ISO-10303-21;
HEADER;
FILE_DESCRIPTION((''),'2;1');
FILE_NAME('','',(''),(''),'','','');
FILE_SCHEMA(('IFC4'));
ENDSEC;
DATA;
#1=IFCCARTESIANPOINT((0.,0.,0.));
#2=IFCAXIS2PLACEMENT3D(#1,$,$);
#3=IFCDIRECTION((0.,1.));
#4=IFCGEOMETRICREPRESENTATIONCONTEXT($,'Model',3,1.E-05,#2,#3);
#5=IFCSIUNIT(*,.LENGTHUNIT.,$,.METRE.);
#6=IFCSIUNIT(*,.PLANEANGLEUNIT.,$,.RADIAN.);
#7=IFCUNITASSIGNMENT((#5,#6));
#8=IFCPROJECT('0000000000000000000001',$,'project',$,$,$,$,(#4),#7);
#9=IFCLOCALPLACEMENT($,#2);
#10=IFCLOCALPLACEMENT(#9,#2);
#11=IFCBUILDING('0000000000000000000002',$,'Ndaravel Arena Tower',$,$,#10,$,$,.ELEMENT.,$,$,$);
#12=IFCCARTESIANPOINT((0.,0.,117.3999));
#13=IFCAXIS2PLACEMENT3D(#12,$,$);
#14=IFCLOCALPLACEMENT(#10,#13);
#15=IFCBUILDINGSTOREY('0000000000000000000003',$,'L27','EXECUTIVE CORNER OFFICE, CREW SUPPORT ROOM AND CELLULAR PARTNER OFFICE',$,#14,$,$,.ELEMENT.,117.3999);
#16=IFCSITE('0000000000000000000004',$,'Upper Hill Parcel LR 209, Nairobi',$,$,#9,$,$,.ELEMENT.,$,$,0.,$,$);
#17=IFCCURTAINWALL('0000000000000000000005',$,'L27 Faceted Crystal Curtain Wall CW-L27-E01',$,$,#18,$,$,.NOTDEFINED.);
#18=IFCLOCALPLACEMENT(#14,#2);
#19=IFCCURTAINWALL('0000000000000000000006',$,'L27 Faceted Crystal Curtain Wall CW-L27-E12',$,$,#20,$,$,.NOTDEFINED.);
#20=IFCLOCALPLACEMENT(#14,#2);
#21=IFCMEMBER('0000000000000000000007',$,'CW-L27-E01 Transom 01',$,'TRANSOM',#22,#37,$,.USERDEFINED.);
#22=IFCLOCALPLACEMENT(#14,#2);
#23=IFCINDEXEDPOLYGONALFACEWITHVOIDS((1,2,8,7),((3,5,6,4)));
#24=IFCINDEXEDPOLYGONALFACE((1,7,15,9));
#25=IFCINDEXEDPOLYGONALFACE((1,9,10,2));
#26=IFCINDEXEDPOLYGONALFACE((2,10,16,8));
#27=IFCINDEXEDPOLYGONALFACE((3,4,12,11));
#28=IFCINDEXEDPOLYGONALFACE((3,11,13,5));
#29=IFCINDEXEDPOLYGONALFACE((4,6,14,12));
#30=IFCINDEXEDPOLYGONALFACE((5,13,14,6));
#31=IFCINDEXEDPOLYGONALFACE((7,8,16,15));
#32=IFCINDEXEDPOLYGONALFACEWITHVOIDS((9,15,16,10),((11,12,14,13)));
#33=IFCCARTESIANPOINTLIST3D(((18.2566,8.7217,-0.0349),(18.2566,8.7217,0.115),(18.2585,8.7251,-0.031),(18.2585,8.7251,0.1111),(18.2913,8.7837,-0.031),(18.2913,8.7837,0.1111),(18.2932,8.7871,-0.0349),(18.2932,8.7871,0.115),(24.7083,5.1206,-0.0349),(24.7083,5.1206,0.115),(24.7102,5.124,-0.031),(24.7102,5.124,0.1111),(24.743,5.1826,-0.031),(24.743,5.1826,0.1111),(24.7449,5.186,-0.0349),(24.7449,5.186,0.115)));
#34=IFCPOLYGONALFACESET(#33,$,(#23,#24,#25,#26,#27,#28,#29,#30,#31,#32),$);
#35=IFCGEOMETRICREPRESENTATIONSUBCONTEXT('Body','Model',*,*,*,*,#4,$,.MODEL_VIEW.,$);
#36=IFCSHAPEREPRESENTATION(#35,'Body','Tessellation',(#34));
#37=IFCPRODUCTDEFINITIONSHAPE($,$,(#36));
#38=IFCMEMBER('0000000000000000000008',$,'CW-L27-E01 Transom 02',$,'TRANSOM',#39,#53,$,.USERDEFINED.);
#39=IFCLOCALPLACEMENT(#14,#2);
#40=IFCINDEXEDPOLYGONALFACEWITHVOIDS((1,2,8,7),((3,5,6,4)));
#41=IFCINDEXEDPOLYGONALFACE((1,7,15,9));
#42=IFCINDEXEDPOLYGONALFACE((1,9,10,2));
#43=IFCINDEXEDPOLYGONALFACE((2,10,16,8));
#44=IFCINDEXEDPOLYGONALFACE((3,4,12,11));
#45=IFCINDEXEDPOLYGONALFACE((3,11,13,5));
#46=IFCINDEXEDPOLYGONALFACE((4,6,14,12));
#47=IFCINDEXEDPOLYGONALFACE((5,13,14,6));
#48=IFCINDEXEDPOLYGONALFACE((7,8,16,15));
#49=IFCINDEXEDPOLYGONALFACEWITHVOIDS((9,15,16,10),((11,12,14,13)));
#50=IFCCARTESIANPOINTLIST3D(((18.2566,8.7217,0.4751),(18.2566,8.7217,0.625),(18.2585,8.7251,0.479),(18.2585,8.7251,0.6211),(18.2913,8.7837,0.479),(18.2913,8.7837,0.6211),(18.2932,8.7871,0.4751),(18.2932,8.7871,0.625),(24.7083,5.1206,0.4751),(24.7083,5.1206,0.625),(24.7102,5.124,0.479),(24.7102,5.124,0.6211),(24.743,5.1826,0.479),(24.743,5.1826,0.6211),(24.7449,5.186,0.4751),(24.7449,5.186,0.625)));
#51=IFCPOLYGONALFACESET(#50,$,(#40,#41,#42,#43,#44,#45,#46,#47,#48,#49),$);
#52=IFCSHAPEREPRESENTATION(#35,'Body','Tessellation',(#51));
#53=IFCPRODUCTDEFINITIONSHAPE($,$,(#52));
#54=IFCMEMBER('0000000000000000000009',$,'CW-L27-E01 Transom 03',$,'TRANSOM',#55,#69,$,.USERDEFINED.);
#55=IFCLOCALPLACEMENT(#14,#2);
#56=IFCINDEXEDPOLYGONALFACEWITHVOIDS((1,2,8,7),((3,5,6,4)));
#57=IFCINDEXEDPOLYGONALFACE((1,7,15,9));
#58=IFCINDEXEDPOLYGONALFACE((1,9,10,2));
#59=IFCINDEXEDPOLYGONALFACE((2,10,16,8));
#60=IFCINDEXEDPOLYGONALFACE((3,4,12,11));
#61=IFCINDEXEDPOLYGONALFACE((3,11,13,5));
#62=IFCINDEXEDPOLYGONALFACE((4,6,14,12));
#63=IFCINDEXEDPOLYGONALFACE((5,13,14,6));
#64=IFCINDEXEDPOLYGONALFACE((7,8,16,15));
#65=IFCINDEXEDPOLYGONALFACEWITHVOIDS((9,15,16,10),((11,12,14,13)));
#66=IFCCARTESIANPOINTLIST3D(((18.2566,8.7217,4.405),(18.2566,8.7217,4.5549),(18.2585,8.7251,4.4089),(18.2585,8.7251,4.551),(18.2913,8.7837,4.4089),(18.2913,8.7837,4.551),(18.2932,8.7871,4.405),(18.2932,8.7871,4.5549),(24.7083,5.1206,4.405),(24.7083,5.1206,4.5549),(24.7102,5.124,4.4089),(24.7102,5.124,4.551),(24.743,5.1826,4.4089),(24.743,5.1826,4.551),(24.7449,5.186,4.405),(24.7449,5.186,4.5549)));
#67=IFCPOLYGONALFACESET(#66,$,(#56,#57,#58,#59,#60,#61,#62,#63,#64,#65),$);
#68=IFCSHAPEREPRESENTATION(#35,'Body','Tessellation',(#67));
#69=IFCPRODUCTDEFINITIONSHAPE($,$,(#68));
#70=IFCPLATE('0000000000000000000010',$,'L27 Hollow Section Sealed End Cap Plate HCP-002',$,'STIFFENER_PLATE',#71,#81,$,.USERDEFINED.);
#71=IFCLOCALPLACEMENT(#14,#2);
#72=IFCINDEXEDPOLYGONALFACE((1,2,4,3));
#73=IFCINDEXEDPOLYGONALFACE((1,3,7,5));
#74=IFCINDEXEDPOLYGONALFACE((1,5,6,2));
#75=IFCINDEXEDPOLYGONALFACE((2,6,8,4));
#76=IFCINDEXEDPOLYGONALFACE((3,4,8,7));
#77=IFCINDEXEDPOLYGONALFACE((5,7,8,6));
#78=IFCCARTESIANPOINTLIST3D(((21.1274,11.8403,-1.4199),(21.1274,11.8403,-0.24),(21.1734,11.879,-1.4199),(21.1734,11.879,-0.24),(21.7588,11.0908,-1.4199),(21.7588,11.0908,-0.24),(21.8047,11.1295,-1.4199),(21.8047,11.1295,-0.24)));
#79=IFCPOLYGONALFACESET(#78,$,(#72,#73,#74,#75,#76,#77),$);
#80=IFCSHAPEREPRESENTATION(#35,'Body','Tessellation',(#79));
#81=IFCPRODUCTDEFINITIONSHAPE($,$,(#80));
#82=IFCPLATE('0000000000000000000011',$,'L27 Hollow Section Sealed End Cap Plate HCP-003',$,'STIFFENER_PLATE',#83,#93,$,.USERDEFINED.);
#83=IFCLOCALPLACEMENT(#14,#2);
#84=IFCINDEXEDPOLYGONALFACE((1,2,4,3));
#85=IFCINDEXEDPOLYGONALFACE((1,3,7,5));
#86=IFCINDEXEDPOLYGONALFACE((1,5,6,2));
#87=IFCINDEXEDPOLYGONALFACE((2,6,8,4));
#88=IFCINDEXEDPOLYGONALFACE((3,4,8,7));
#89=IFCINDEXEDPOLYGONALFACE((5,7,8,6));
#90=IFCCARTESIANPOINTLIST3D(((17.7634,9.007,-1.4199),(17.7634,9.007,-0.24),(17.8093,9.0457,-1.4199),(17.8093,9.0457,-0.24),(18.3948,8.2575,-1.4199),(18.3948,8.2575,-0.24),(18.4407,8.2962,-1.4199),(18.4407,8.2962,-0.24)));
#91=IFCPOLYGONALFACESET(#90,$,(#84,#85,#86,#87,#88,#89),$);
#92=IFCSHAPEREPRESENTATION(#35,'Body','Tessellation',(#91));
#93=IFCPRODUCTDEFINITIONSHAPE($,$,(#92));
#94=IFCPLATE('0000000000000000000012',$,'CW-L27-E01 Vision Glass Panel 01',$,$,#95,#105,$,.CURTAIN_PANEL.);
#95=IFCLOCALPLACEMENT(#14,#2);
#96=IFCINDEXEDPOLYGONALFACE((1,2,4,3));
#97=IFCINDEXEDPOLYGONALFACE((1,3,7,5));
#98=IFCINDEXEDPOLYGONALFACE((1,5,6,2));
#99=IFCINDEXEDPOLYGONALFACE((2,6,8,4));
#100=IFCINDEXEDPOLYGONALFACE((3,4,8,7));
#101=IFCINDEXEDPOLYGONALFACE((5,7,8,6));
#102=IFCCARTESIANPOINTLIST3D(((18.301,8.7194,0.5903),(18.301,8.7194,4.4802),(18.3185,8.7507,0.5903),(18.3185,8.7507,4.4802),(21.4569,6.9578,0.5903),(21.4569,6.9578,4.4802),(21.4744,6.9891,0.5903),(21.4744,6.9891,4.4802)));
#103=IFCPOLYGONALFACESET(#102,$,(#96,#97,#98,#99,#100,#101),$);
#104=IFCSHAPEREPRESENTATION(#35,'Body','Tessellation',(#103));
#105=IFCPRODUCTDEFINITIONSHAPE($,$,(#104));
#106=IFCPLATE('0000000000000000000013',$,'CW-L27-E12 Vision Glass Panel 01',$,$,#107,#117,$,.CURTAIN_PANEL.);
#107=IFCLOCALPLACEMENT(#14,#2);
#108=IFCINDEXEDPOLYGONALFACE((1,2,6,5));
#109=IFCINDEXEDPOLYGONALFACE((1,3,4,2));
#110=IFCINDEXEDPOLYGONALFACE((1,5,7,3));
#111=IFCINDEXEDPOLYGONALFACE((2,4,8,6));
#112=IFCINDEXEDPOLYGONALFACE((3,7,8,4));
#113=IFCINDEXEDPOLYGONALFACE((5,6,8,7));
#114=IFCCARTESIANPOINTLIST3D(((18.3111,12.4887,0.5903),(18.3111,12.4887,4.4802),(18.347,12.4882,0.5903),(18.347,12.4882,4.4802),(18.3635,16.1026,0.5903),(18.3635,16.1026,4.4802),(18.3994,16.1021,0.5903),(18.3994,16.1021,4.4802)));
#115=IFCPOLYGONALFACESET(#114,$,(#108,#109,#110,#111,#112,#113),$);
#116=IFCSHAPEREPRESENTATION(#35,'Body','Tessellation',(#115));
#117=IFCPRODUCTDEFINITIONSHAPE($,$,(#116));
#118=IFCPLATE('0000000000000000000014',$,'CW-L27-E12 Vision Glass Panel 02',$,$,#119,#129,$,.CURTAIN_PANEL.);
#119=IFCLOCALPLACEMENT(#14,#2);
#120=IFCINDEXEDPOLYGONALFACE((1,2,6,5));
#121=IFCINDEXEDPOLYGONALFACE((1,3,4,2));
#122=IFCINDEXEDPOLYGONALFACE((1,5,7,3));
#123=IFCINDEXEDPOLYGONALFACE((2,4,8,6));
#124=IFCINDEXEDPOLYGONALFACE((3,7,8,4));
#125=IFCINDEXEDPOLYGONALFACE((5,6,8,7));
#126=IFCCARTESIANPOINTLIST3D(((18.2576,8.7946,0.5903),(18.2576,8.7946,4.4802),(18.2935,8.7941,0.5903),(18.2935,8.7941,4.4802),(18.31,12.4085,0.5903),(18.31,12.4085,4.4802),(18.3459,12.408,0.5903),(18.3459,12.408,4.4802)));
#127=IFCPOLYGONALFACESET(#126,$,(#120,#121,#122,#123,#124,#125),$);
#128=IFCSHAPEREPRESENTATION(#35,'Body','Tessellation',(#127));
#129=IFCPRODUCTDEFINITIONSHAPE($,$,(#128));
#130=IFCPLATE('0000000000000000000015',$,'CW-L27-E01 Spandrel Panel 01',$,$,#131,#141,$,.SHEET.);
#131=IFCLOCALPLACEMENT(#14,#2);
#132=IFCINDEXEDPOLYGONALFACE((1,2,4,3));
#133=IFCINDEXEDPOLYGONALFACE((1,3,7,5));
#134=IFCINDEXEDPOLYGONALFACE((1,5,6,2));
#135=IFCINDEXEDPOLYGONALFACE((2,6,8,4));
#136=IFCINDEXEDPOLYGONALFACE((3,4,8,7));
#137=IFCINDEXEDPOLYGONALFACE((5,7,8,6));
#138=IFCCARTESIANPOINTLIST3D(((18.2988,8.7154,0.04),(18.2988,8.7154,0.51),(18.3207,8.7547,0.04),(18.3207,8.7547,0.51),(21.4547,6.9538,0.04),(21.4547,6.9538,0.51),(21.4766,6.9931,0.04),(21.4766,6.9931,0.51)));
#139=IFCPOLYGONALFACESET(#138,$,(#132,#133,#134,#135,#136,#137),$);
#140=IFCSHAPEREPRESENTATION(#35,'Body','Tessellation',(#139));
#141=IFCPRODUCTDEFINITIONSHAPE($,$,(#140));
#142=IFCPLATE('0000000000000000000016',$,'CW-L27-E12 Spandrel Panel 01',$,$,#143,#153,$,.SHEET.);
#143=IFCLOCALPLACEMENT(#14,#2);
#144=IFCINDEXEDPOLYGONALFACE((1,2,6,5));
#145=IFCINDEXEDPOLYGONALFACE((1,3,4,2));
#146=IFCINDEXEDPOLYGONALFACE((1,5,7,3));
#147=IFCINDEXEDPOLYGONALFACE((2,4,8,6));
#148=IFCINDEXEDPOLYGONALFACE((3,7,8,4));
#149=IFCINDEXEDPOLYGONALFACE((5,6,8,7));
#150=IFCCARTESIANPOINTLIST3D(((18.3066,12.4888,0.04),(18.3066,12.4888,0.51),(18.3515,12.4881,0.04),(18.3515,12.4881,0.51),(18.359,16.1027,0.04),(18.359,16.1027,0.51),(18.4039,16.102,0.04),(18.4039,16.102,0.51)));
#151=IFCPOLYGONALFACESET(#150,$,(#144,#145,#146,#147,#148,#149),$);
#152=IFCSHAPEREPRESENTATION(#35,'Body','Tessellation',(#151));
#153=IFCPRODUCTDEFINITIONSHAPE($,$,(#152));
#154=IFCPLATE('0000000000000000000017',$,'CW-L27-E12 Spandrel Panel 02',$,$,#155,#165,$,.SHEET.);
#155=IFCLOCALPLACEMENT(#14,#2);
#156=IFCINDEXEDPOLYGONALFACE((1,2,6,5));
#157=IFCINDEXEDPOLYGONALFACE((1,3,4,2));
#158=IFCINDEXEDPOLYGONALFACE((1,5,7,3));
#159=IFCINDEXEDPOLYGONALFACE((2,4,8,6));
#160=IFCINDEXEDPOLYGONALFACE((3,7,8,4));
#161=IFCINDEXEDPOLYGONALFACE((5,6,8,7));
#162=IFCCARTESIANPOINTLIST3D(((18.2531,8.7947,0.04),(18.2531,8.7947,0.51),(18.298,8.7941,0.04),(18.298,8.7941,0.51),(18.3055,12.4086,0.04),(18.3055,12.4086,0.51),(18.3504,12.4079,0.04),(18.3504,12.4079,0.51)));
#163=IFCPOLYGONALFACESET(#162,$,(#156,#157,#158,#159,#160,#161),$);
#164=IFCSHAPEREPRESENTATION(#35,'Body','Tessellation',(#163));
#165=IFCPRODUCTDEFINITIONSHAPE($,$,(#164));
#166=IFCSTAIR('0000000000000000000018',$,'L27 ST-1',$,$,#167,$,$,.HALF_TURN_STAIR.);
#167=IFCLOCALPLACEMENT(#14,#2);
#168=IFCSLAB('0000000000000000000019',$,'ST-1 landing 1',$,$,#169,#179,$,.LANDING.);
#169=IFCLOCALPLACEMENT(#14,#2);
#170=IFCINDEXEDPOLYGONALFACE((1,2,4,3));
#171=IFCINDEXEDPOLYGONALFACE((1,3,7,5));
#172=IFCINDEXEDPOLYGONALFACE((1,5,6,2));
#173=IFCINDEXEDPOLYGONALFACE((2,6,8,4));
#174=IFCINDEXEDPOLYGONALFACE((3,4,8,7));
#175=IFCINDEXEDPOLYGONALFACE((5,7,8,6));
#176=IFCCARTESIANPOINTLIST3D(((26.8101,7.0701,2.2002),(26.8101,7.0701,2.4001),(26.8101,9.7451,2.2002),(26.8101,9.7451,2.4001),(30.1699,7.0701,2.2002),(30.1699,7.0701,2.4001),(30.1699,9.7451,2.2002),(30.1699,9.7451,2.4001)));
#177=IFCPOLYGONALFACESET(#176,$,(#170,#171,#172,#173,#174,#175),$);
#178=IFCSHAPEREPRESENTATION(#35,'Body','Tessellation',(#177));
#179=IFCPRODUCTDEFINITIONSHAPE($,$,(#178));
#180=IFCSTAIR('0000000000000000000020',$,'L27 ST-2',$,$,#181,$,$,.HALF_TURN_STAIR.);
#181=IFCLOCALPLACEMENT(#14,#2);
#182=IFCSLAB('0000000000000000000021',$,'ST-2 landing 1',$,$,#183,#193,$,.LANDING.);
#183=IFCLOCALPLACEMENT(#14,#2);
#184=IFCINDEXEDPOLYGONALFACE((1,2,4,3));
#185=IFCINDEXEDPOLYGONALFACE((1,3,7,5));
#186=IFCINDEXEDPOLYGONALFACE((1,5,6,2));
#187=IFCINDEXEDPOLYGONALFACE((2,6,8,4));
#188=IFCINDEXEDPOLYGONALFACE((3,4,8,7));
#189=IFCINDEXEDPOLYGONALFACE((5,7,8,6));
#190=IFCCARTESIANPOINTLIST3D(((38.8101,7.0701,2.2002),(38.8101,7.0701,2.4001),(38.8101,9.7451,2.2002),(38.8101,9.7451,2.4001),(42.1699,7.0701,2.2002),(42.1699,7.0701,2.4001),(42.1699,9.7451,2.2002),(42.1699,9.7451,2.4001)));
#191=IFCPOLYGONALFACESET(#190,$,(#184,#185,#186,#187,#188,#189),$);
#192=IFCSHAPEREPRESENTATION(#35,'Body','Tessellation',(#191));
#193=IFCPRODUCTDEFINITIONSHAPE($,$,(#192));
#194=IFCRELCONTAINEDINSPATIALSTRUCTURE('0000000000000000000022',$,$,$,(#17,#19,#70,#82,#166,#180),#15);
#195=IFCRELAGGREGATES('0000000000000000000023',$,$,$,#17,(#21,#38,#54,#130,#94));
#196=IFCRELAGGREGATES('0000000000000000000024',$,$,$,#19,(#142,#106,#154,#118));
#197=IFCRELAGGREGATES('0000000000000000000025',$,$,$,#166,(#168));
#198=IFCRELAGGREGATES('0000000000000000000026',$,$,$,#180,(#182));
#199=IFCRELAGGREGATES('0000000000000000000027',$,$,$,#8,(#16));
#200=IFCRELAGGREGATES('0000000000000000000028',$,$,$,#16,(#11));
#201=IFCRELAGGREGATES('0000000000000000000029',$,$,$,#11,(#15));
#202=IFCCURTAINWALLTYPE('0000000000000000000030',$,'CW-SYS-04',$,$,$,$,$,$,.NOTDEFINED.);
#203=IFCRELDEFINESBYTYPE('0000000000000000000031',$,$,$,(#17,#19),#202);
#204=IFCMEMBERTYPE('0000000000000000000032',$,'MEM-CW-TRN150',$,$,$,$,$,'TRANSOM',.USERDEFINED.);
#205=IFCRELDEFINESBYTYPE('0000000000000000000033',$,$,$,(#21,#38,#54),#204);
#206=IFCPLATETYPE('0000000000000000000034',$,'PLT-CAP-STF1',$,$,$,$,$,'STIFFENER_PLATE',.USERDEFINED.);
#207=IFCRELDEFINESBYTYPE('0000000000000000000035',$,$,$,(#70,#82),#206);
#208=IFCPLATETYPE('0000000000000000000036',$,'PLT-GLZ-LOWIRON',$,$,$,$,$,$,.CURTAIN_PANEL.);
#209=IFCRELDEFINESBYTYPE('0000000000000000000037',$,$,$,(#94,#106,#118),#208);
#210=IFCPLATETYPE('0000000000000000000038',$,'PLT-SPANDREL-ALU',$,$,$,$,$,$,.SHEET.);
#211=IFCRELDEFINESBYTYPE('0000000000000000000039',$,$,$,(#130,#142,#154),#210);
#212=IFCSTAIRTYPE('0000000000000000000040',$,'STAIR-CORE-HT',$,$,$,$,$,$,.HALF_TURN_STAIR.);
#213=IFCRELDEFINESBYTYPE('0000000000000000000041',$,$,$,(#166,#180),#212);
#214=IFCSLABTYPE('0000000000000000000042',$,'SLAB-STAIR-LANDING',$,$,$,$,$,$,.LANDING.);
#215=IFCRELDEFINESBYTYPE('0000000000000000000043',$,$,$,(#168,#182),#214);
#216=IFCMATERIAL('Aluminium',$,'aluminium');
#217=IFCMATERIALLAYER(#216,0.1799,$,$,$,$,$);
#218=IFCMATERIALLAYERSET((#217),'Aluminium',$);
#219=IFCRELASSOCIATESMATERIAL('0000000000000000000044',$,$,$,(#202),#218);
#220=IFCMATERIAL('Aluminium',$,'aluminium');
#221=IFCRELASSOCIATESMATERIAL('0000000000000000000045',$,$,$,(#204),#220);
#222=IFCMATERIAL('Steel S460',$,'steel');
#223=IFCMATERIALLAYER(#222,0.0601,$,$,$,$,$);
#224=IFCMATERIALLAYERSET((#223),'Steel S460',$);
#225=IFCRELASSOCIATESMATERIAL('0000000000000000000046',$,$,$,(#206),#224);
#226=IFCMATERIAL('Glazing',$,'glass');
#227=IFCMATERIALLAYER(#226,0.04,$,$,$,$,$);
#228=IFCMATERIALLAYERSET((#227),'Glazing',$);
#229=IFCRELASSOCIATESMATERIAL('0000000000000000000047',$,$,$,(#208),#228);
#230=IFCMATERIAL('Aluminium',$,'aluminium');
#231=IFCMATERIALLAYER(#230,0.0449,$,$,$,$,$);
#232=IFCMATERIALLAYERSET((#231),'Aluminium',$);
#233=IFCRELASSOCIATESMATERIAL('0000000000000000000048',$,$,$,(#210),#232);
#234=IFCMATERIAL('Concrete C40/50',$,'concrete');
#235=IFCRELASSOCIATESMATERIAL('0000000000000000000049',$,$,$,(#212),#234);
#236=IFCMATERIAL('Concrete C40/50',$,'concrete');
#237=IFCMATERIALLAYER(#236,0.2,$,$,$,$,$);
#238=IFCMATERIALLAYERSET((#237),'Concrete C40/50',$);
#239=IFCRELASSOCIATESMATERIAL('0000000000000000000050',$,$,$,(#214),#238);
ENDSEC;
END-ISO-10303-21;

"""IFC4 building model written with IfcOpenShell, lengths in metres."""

from ifc_helpers import new_model, si_unit, direction, frame, origin, origin_2d, place, context, subcontext, project, spatial, polyline, rectangle, hollow_rectangle, outline, extrude, material, layer, layer_set, material_profile, profile_set, type_object, element, aggregate, save


model = new_model("IFC4")

# Units and contexts
model_context = context("Model", 3, precision=1e-05, world=origin(), true_north=direction((0.0, 1.0)))
body_context = subcontext(model_context, "Body", "Model", "MODEL_VIEW")
ifc_project = project(units=[si_unit("LENGTHUNIT", "METRE"), si_unit("PLANEANGLEUNIT", "RADIAN")], contexts=[model_context])

# Site, building, storey
site_placement = place(None, origin())
site = spatial("IfcSite", under=ifc_project, at=site_placement, Name="Upper Hill Parcel LR 209, Nairobi", CompositionType="ELEMENT", RefElevation=0.0)
building_placement = place(site_placement, origin())
building = spatial("IfcBuilding", under=site, at=building_placement, Name="Ndaravel Arena Tower", CompositionType="ELEMENT")
storey_placement = place(building_placement, frame((0.0, 0.0, 117.3999)))
storey = spatial("IfcBuildingStorey", under=building, at=storey_placement, Name="L27", Description="EXECUTIVE CORNER OFFICE, CREW SUPPORT ROOM AND CELLULAR PARTNER OFFICE", CompositionType="ELEMENT", Elevation=117.3999)

# Curtain walls
ifc_material_1 = material(Name="Aluminium", Category="aluminium")
ifc_layer_1 = layer(ifc_material_1, 0.1799)
ifc_layer_set_1 = layer_set([ifc_layer_1], Name="Aluminium")
curtain_wall_type = type_object("IfcCurtainWallType", Name="CW-SYS-04", PredefinedType="NOTDEFINED", material=ifc_layer_set_1)
curtain_wall_1_placement = place(storey_placement, origin())
curtain_wall_1 = element("IfcCurtainWall", 1, at=curtain_wall_1_placement, inside=storey, type_object=curtain_wall_type, Name="L27 Faceted Crystal Curtain Wall CW-L27-E01", PredefinedType="NOTDEFINED")
curtain_wall_2_placement = place(storey_placement, origin())
curtain_wall_2 = element("IfcCurtainWall", 2, at=curtain_wall_2_placement, inside=storey, type_object=curtain_wall_type, Name="L27 Faceted Crystal Curtain Wall CW-L27-E12", PredefinedType="NOTDEFINED")

# Members
ifc_material_2 = material(Name="Aluminium", Category="aluminium")
ifc_material_profile_1 = material_profile(ifc_material_2, hollow_rectangle(XDim=0.075, YDim=0.1499, WallThickness=0.0039, at=origin_2d()), Name="CW TRANSOM 75x150x4")
ifc_profile_set_1 = profile_set([ifc_material_profile_1], Name="Aluminium")
member_type_1 = type_object("IfcMemberType", Name="MEM-CW-TRN150", ElementType="TRANSOM", PredefinedType="USERDEFINED", material=ifc_profile_set_1)
member_1_placement = place(storey_placement, frame((18.2749, 8.7544, 0.04), z_axis=(0.873189, -0.487381, 0.0), x_axis=(0.487381, 0.873189, 0.0)))
member_1 = element("IfcMember", 3, at=member_1_placement, type_object=member_type_1, Name="CW-L27-E01 Transom 01", ObjectType="TRANSOM", PredefinedType="USERDEFINED", context=body_context, shape_type="SweptSolid", body=[
    extrude(hollow_rectangle(XDim=0.075, YDim=0.1499, WallThickness=0.0039, at=origin_2d()), origin(), (0.0, 0.0, 1.0), 7.3887),
])
member_2_placement = place(storey_placement, frame((18.2749, 8.7544, 0.55), z_axis=(0.873189, -0.487381, 0.0), x_axis=(0.487381, 0.873189, 0.0)))
member_2 = element("IfcMember", 4, at=member_2_placement, type_object=member_type_1, Name="CW-L27-E01 Transom 02", ObjectType="TRANSOM", PredefinedType="USERDEFINED", context=body_context, shape_type="SweptSolid", body=[
    extrude(hollow_rectangle(XDim=0.075, YDim=0.1499, WallThickness=0.0039, at=origin_2d()), origin(), (0.0, 0.0, 1.0), 7.3887),
])
member_3_placement = place(storey_placement, frame((18.2749, 8.7544, 4.48), z_axis=(0.873189, -0.487381, 0.0), x_axis=(0.487381, 0.873189, 0.0)))
member_3 = element("IfcMember", 5, at=member_3_placement, type_object=member_type_1, Name="CW-L27-E01 Transom 03", ObjectType="TRANSOM", PredefinedType="USERDEFINED", context=body_context, shape_type="SweptSolid", body=[
    extrude(hollow_rectangle(XDim=0.075, YDim=0.1499, WallThickness=0.0039, at=origin_2d()), origin(), (0.0, 0.0, 1.0), 7.3887),
])

# Plates
ifc_material_3 = material(Name="Steel S460", Category="steel")
ifc_layer_2 = layer(ifc_material_3, 0.0601)
ifc_layer_set_2 = layer_set([ifc_layer_2], Name="Steel S460")
plate_type_1 = type_object("IfcPlateType", Name="PLT-CAP-STF1", ElementType="STIFFENER_PLATE", PredefinedType="USERDEFINED", material=ifc_layer_set_2)
for number, where, z_axis, x_axis, name in (
    (6, (21.4661, 11.4849, -1.4199), (0.0, 0.0, 1.0), (-0.764809, -0.644257, 0.0), "L27 Hollow Section Sealed End Cap Plate HCP-002"),
    (7, (18.1021, 8.6516, -1.4199), (0.0, 0.0, 1.0), (-0.764809, -0.644257, 0.0), "L27 Hollow Section Sealed End Cap Plate HCP-003"),
):
    element("IfcPlate", number, at=place(storey_placement, frame(where, z_axis=z_axis, x_axis=x_axis)), inside=storey, type_object=plate_type_1, Name=name, ObjectType="STIFFENER_PLATE", PredefinedType="USERDEFINED", context=body_context, shape_type="SweptSolid", body=[
        extrude(rectangle(XDim=0.0601, YDim=0.98, at=origin_2d()), origin(), (0.0, 0.0, 1.0), 1.1799),
    ])

# Plates
ifc_material_4 = material(Name="Glazing", Category="glass")
ifc_layer_3 = layer(ifc_material_4, 0.04)
ifc_layer_set_3 = layer_set([ifc_layer_3], Name="Glazing")
plate_type_2 = type_object("IfcPlateType", Name="PLT-GLZ-LOWIRON", PredefinedType="CURTAIN_PANEL", material=ifc_layer_set_3)
plate_1_placement = place(storey_placement, frame((19.8877, 7.8542, 0.5903), z_axis=(0.0, 0.0, 1.0), x_axis=(0.873177, -0.487403, 0.0)))
plate_1 = element("IfcPlate", 8, at=plate_1_placement, type_object=plate_type_2, Name="CW-L27-E01 Vision Glass Panel 01", PredefinedType="CURTAIN_PANEL", context=body_context, shape_type="SweptSolid", body=[
    extrude(rectangle(XDim=3.6143, YDim=0.0359, at=origin_2d()), origin(), (0.0, 0.0, 1.0), 3.8899),
])
plate_2_placement = place(storey_placement, frame((18.3552, 14.2954, 0.5903), z_axis=(0.0, 0.0, 1.0), x_axis=(-0.014503, -0.999895, 0.0)))
plate_2 = element("IfcPlate", 9, at=plate_2_placement, type_object=plate_type_2, Name="CW-L27-E12 Vision Glass Panel 01", PredefinedType="CURTAIN_PANEL", context=body_context, shape_type="SweptSolid", body=[
    extrude(rectangle(XDim=3.6143, YDim=0.0359, at=origin_2d()), origin(), (0.0, 0.0, 1.0), 3.8899),
])
plate_3_placement = place(storey_placement, frame((18.3018, 10.6013, 0.5903), z_axis=(0.0, 0.0, 1.0), x_axis=(-0.014503, -0.999895, 0.0)))
plate_3 = element("IfcPlate", 10, at=plate_3_placement, type_object=plate_type_2, Name="CW-L27-E12 Vision Glass Panel 02", PredefinedType="CURTAIN_PANEL", context=body_context, shape_type="SweptSolid", body=[
    extrude(rectangle(XDim=3.6143, YDim=0.0359, at=origin_2d()), origin(), (0.0, 0.0, 1.0), 3.8899),
])
ifc_material_5 = material(Name="Aluminium", Category="aluminium")
ifc_layer_4 = layer(ifc_material_5, 0.0449)
ifc_layer_set_4 = layer_set([ifc_layer_4], Name="Aluminium")
plate_type_3 = type_object("IfcPlateType", Name="PLT-SPANDREL-ALU", PredefinedType="SHEET", material=ifc_layer_set_4)
plate_4_placement = place(storey_placement, frame((19.8877, 7.8542, 0.04), z_axis=(0.0, 0.0, 1.0), x_axis=(0.873177, -0.487403, 0.0)))
plate_4 = element("IfcPlate", 11, at=plate_4_placement, type_object=plate_type_3, Name="CW-L27-E01 Spandrel Panel 01", PredefinedType="SHEET", context=body_context, shape_type="SweptSolid", body=[
    extrude(rectangle(XDim=3.6143, YDim=0.0449, at=origin_2d()), origin(), (0.0, 0.0, 1.0), 0.47),
])
aggregate(curtain_wall_1, [member_1, member_2, member_3, plate_4, plate_1])
plate_5_placement = place(storey_placement, frame((18.3552, 14.2954, 0.04), z_axis=(0.0, 0.0, 1.0), x_axis=(-0.014503, -0.999895, 0.0)))
plate_5 = element("IfcPlate", 12, at=plate_5_placement, type_object=plate_type_3, Name="CW-L27-E12 Spandrel Panel 01", PredefinedType="SHEET", context=body_context, shape_type="SweptSolid", body=[
    extrude(rectangle(XDim=3.6143, YDim=0.0449, at=origin_2d()), origin(), (0.0, 0.0, 1.0), 0.47),
])
plate_6_placement = place(storey_placement, frame((18.3018, 10.6013, 0.04), z_axis=(0.0, 0.0, 1.0), x_axis=(-0.014503, -0.999895, 0.0)))
plate_6 = element("IfcPlate", 13, at=plate_6_placement, type_object=plate_type_3, Name="CW-L27-E12 Spandrel Panel 02", PredefinedType="SHEET", context=body_context, shape_type="SweptSolid", body=[
    extrude(rectangle(XDim=3.6143, YDim=0.0449, at=origin_2d()), origin(), (0.0, 0.0, 1.0), 0.47),
])
aggregate(curtain_wall_2, [plate_5, plate_2, plate_6, plate_3])

# Stairs, slabs
ifc_material_6 = material(Name="Concrete C40/50", Category="concrete")
stair_type = type_object("IfcStairType", Name="STAIR-CORE-HT", PredefinedType="HALF_TURN_STAIR", material=ifc_material_6)
stair_1_placement = place(storey_placement, origin())
stair_1 = element("IfcStair", 14, at=stair_1_placement, inside=storey, type_object=stair_type, Name="L27 ST-1", PredefinedType="HALF_TURN_STAIR")
ifc_material_7 = material(Name="Concrete C40/50", Category="concrete")
ifc_layer_5 = layer(ifc_material_7, 0.2)
ifc_layer_set_5 = layer_set([ifc_layer_5], Name="Concrete C40/50")
slab_type_1 = type_object("IfcSlabType", Name="SLAB-STAIR-LANDING", PredefinedType="LANDING", material=ifc_layer_set_5)
slab_1_placement = place(storey_placement, frame((0.0, 0.0, 2.2002)))
slab_1 = element("IfcSlab", 15, at=slab_1_placement, type_object=slab_type_1, Name="ST-1 landing 1", PredefinedType="LANDING", context=body_context, shape_type="SweptSolid", body=[
    extrude(outline(polyline([(26.8101, 9.7451), (26.8101, 7.0701), (30.1699, 7.0701), (30.1699, 9.7451), (26.8101, 9.7451)])), origin(), (0.0, 0.0, 1.0), 0.2),
])
aggregate(stair_1, [slab_1])
stair_2_placement = place(storey_placement, origin())
stair_2 = element("IfcStair", 16, at=stair_2_placement, inside=storey, type_object=stair_type, Name="L27 ST-2", PredefinedType="HALF_TURN_STAIR")
slab_2_placement = place(storey_placement, frame((0.0, 0.0, 2.2002)))
slab_2 = element("IfcSlab", 17, at=slab_2_placement, type_object=slab_type_1, Name="ST-2 landing 1", PredefinedType="LANDING", context=body_context, shape_type="SweptSolid", body=[
    extrude(outline(polyline([(38.8101, 9.7451), (38.8101, 7.0701), (42.1699, 7.0701), (42.1699, 9.7451), (38.8101, 9.7451)])), origin(), (0.0, 0.0, 1.0), 0.2),
])
aggregate(stair_2, [slab_2])

save(model, "model.ifc")
